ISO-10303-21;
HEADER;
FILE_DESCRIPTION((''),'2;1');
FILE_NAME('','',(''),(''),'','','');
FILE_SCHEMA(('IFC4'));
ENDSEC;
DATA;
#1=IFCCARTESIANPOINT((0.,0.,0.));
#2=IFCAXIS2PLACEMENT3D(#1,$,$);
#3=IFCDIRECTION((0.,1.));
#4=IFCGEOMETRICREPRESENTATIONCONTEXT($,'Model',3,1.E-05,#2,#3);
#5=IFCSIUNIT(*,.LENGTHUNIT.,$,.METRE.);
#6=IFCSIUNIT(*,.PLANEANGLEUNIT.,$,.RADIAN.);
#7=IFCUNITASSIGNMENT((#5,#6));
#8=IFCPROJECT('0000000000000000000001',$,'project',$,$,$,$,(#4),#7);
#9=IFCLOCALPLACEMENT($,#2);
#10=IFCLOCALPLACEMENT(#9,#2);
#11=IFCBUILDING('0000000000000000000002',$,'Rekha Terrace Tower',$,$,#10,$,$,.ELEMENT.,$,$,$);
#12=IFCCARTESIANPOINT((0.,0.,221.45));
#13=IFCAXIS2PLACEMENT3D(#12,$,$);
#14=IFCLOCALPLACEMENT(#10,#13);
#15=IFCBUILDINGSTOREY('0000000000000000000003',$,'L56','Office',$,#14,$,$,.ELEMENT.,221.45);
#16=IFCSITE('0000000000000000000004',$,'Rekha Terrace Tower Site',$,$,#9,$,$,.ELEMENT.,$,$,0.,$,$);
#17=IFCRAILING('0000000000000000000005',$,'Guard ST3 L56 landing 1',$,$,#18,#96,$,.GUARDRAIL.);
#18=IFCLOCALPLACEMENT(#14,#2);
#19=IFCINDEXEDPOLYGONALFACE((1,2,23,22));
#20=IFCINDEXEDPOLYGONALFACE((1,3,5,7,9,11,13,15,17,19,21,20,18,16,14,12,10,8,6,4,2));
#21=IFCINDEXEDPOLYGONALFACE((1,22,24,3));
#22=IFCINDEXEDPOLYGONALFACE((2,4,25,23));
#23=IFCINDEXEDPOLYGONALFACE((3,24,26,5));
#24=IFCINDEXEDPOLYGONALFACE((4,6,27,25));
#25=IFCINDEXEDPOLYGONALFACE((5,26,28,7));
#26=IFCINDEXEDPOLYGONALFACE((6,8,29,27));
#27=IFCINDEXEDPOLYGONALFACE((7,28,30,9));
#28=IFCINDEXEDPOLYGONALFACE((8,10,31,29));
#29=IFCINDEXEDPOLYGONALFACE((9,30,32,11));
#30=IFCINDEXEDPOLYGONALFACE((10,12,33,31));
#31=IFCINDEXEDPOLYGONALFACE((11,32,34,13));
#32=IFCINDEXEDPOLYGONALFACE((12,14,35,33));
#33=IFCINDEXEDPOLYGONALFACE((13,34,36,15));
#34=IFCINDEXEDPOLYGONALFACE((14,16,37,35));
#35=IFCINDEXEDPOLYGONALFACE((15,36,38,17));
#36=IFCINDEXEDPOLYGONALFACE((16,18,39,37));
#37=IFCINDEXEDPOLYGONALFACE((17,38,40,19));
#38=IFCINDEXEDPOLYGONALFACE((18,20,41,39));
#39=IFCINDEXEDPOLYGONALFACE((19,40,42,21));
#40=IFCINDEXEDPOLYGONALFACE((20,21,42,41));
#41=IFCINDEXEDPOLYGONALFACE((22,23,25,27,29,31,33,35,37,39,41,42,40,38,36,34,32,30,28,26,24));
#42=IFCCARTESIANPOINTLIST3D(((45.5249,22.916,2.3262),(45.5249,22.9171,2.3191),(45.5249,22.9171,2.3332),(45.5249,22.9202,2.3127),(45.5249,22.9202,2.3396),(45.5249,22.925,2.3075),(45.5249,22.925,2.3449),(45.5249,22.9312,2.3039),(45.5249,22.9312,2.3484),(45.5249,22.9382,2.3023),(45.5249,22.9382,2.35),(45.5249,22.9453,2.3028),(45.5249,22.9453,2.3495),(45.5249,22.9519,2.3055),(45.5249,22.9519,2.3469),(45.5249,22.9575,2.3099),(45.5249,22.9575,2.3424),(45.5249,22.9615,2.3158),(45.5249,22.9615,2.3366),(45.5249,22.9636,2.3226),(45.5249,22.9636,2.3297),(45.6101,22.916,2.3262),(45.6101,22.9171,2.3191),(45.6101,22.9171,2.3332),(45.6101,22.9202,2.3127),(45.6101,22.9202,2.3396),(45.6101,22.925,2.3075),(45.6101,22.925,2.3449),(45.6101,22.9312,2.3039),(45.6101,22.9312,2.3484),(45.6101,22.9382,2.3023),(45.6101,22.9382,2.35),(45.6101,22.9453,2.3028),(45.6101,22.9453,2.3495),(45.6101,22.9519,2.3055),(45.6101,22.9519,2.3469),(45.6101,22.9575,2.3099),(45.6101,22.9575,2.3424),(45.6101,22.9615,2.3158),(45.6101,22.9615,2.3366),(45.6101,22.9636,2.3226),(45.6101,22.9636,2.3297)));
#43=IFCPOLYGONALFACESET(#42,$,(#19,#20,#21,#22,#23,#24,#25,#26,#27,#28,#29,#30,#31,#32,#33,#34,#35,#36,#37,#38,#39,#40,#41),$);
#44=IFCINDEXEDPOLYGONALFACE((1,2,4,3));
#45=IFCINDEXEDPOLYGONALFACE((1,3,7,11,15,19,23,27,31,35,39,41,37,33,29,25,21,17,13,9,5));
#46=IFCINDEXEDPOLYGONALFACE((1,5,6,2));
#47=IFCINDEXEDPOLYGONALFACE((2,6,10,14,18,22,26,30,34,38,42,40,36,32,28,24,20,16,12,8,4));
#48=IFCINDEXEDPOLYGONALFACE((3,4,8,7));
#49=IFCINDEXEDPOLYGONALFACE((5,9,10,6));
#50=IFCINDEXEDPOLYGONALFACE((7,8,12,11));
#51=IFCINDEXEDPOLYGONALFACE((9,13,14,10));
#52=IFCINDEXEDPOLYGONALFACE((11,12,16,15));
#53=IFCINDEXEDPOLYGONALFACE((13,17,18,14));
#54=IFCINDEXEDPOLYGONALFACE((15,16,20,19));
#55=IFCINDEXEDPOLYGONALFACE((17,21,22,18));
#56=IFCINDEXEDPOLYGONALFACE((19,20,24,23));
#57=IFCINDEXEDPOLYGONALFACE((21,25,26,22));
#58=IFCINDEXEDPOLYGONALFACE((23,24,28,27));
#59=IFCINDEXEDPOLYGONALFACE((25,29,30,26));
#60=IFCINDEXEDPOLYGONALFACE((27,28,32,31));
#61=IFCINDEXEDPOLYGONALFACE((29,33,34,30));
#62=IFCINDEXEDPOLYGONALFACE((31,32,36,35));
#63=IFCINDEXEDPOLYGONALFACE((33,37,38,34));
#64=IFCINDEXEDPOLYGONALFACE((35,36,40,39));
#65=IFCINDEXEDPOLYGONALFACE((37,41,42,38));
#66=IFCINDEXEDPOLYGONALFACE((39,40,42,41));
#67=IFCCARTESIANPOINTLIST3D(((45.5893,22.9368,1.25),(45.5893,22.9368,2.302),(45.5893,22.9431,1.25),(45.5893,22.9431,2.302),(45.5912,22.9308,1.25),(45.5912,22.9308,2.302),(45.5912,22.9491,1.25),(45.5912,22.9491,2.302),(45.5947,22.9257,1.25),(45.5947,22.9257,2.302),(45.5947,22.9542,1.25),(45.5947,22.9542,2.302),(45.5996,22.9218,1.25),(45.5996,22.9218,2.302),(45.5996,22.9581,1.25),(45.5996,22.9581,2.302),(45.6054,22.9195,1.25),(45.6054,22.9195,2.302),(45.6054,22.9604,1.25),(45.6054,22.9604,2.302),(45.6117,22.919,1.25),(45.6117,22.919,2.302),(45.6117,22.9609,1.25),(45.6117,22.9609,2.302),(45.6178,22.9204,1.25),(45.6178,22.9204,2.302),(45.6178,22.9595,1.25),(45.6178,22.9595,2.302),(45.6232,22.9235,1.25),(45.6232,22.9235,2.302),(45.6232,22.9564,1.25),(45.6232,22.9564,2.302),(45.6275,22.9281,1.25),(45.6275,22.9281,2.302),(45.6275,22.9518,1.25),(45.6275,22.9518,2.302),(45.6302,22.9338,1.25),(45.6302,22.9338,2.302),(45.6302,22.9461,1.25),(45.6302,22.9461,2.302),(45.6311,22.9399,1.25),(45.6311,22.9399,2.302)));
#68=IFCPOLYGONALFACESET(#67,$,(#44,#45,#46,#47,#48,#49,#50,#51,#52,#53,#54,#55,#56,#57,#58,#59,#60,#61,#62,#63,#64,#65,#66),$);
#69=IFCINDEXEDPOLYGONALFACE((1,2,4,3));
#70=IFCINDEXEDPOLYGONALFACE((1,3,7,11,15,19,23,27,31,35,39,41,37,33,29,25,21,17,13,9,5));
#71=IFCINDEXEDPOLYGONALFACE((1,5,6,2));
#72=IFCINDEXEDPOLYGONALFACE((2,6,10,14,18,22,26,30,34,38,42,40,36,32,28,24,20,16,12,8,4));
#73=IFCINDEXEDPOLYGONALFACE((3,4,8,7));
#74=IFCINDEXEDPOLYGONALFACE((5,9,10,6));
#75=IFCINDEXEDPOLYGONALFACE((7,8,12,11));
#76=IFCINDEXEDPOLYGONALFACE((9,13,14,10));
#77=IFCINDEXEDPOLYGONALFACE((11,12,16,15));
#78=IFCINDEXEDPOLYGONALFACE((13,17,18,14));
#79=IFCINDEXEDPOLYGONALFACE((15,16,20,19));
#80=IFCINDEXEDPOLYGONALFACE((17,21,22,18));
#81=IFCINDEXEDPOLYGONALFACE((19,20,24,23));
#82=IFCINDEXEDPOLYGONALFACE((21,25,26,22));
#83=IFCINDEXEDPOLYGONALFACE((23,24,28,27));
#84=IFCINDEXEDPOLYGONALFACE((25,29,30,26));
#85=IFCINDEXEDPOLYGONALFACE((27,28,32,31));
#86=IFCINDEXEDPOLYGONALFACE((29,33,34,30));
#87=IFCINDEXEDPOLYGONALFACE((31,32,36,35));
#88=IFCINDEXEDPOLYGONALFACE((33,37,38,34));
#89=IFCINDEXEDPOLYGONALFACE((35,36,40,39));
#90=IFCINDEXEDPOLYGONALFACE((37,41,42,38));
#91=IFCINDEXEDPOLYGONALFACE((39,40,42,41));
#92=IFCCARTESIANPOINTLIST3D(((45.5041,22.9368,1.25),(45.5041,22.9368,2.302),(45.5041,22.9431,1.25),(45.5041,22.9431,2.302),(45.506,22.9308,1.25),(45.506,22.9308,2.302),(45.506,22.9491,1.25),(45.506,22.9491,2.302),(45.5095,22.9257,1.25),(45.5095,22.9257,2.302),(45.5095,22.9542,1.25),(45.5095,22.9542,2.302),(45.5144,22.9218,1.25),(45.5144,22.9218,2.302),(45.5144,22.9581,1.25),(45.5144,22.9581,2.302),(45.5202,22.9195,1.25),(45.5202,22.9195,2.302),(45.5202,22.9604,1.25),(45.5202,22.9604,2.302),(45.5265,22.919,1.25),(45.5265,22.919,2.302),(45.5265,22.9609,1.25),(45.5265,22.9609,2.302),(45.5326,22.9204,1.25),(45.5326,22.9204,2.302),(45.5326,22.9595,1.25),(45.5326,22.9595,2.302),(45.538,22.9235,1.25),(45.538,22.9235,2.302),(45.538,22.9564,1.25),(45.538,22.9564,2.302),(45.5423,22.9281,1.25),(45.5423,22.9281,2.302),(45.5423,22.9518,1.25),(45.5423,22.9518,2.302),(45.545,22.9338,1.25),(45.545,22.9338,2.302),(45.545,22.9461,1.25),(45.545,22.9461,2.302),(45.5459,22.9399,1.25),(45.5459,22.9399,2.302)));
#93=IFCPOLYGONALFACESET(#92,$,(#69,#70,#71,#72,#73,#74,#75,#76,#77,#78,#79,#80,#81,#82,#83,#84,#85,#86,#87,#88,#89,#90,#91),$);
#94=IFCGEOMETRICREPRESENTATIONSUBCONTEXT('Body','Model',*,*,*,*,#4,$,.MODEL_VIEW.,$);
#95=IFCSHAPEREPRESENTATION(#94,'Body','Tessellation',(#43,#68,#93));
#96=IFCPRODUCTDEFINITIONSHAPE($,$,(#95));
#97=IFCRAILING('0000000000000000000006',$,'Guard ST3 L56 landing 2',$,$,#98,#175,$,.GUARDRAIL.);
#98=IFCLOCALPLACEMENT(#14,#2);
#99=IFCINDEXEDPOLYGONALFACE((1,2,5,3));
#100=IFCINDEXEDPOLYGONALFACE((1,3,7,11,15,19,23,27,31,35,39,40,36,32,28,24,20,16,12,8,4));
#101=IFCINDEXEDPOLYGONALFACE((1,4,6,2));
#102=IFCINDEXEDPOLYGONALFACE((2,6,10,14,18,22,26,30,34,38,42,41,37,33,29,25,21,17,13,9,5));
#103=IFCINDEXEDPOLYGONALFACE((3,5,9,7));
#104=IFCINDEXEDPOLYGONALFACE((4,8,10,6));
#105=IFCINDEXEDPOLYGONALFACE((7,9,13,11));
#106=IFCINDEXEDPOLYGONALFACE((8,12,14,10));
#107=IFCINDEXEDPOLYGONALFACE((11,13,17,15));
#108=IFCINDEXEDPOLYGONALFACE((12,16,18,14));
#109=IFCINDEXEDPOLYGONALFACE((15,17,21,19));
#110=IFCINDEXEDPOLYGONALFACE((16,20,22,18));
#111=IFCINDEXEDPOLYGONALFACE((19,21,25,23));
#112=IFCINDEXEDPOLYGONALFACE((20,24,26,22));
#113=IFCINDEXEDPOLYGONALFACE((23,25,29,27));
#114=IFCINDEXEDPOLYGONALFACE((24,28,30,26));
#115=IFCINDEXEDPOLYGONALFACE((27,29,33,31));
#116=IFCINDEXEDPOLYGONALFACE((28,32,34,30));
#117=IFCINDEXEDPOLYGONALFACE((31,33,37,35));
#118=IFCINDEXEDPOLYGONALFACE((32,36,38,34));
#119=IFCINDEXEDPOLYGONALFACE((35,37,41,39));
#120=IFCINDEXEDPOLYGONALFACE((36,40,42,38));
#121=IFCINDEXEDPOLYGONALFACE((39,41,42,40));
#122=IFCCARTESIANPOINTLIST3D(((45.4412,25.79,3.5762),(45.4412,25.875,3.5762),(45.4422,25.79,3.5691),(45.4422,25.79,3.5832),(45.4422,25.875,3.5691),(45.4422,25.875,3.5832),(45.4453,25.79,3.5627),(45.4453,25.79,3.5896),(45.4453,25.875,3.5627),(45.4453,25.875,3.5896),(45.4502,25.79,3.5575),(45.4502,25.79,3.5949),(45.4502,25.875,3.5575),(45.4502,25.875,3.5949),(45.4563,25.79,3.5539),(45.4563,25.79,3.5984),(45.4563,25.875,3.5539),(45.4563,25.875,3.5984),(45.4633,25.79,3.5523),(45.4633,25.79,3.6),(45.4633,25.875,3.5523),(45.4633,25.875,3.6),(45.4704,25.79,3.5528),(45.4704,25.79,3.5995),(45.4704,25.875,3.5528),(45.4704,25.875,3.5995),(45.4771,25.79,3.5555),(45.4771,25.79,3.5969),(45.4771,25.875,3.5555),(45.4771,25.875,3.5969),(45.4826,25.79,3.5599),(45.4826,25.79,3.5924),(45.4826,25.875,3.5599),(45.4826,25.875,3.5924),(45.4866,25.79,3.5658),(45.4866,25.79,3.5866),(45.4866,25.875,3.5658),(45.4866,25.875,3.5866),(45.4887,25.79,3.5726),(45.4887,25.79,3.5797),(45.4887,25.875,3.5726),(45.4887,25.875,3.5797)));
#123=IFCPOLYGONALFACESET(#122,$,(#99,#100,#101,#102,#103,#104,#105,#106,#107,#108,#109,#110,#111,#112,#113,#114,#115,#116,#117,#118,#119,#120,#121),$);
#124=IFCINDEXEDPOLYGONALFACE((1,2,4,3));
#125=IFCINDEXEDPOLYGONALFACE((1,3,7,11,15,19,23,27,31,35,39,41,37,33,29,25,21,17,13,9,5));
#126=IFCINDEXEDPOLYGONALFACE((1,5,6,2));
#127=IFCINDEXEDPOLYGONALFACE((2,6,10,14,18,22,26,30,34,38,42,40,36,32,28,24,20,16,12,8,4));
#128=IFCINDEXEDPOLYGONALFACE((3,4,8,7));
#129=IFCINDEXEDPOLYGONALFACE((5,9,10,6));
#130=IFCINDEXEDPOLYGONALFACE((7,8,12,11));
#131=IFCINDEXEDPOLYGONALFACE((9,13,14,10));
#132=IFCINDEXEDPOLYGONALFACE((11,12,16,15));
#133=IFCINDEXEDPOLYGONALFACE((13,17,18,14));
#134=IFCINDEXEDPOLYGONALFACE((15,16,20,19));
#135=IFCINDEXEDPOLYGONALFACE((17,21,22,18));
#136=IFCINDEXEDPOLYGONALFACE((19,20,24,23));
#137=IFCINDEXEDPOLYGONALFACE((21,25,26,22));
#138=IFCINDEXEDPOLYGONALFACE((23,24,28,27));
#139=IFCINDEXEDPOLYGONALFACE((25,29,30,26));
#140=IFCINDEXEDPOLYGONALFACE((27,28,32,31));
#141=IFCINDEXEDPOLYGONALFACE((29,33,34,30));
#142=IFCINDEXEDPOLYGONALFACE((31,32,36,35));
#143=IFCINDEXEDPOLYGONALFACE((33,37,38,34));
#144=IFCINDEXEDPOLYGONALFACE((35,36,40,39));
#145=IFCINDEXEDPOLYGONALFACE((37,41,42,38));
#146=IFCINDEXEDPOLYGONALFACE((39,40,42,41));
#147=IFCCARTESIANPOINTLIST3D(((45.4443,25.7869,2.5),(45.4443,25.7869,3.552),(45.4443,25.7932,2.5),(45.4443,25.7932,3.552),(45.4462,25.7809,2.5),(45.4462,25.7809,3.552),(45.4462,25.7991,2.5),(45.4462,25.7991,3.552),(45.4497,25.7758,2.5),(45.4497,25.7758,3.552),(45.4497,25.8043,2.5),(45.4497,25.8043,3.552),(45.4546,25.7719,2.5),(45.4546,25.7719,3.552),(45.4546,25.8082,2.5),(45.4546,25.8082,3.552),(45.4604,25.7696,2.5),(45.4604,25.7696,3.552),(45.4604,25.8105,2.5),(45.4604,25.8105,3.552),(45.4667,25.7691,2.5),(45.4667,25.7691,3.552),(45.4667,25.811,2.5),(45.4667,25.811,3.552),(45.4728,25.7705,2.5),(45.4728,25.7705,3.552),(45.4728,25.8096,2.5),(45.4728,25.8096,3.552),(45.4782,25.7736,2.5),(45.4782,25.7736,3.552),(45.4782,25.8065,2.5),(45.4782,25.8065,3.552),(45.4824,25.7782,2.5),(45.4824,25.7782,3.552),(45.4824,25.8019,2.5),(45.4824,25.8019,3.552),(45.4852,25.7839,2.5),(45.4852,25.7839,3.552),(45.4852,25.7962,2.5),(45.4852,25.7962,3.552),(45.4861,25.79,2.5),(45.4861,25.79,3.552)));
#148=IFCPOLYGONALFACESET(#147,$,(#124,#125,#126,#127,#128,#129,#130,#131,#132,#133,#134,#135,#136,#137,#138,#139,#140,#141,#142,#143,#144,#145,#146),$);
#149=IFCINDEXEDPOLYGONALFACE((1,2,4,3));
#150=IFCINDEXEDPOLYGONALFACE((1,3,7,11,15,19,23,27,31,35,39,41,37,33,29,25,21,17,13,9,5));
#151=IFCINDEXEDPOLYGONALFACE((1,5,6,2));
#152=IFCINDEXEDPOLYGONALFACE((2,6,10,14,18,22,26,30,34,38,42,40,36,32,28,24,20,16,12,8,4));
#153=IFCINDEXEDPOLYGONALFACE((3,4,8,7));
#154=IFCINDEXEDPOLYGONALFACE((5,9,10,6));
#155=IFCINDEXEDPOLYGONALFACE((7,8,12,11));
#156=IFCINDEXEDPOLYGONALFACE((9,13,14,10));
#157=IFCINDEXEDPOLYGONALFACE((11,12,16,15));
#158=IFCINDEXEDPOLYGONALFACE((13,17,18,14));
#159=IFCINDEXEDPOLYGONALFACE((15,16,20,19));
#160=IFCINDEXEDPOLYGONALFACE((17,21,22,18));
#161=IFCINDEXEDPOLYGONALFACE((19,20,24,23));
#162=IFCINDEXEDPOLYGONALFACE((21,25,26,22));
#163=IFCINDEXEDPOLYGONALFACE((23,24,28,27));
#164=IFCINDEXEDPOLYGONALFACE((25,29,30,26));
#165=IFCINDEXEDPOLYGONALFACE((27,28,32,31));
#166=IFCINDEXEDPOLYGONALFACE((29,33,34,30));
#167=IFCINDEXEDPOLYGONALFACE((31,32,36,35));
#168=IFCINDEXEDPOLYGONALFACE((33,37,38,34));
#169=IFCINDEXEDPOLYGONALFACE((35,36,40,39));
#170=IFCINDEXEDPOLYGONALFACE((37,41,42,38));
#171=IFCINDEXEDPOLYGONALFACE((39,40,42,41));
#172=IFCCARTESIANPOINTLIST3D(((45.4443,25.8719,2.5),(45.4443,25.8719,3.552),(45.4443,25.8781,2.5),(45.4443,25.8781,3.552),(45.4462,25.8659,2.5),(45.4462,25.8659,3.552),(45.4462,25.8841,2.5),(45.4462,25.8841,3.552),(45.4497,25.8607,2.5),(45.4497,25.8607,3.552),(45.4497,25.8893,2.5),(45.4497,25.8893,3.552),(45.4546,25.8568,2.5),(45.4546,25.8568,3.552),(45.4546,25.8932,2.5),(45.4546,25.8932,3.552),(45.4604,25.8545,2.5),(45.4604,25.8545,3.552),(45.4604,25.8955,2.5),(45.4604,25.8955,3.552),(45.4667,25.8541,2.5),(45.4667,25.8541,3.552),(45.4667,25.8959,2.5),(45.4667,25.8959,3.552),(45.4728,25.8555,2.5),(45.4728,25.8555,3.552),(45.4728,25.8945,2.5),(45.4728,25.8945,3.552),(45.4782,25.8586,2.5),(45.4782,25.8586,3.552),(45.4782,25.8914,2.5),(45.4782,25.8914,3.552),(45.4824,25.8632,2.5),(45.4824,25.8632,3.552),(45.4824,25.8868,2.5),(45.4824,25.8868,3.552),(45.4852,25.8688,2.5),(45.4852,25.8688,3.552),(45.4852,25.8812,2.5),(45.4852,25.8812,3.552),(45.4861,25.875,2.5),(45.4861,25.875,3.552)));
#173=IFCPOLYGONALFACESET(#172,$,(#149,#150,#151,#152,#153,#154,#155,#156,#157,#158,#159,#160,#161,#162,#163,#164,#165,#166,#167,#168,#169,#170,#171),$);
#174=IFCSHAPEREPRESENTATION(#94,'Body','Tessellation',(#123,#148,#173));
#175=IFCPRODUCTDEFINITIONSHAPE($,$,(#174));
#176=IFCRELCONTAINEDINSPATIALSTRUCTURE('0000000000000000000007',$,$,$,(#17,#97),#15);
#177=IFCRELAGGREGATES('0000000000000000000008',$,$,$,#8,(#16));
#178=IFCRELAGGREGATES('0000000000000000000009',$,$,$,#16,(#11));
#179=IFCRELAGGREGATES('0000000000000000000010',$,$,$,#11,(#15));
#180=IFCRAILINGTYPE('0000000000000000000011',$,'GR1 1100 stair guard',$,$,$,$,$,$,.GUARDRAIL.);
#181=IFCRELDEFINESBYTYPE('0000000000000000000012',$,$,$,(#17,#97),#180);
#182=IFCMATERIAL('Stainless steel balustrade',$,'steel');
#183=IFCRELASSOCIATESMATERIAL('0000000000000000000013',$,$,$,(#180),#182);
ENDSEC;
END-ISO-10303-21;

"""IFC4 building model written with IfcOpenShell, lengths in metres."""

from ifc_helpers import new_model, si_unit, direction, frame, origin, origin_2d, place, context, subcontext, project, spatial, circle, extrude, material, type_object, element, save


model = new_model("IFC4")

# Units and contexts
model_context = context("Model", 3, precision=1e-05, world=origin(), true_north=direction((0.0, 1.0)))
body_context = subcontext(model_context, "Body", "Model", "MODEL_VIEW")
ifc_project = project(units=[si_unit("LENGTHUNIT", "METRE"), si_unit("PLANEANGLEUNIT", "RADIAN")], contexts=[model_context])

# Site, building, storey
site_placement = place(None, origin())
site = spatial("IfcSite", under=ifc_project, at=site_placement, Name="Rekha Terrace Tower Site", CompositionType="ELEMENT", RefElevation=0.0)
building_placement = place(site_placement, origin())
building = spatial("IfcBuilding", under=site, at=building_placement, Name="Rekha Terrace Tower", CompositionType="ELEMENT")
storey_placement = place(building_placement, frame((0.0, 0.0, 221.45)))
storey = spatial("IfcBuildingStorey", under=building, at=storey_placement, Name="L56", Description="Office", CompositionType="ELEMENT", Elevation=221.45)

# Railings
ifc_material_1 = material(Name="Stainless steel balustrade", Category="steel")
railing_type_1 = type_object("IfcRailingType", Name="GR1 1100 stair guard", PredefinedType="GUARDRAIL", material=ifc_material_1)
railing_1_placement = place(storey_placement, frame((45.6101, 22.9399, 1.25)))
element("IfcRailing", 1, at=railing_1_placement, inside=storey, type_object=railing_type_1, Name="Guard ST3 L56 landing 1", PredefinedType="GUARDRAIL", context=body_context, shape_type="SweptSolid", body=[
    extrude(circle(Radius=0.0239, at=origin_2d()), frame((0.0, 0.0, 1.0762), z_axis=(-1.0, 0.0, 0.0), x_axis=(0.0, -1.0, 0.0)), (0.0, 0.0, 1.0), 0.0852),
    extrude(circle(Radius=0.021, at=origin_2d()), origin(), (0.0, 0.0, 1.0), 1.052),
    extrude(circle(Radius=0.021, at=origin_2d()), frame((-0.0852, 0.0, 0.0)), (0.0, 0.0, 1.0), 1.052),
])
railing_2_placement = place(storey_placement, frame((45.4651, 25.79, 2.5)))
element("IfcRailing", 2, at=railing_2_placement, inside=storey, type_object=railing_type_1, Name="Guard ST3 L56 landing 2", PredefinedType="GUARDRAIL", context=body_context, shape_type="SweptSolid", body=[
    extrude(circle(Radius=0.0239, at=origin_2d()), frame((0.0, 0.0, 1.0762), z_axis=(0.0, 1.0, 0.0), x_axis=(-1.0, 0.0, 0.0)), (0.0, 0.0, 1.0), 0.085),
    extrude(circle(Radius=0.021, at=origin_2d()), origin(), (0.0, 0.0, 1.0), 1.052),
    extrude(circle(Radius=0.021, at=origin_2d()), frame((0.0, 0.085, 0.0)), (0.0, 0.0, 1.0), 1.052),
])

save(model, "model.ifc")
